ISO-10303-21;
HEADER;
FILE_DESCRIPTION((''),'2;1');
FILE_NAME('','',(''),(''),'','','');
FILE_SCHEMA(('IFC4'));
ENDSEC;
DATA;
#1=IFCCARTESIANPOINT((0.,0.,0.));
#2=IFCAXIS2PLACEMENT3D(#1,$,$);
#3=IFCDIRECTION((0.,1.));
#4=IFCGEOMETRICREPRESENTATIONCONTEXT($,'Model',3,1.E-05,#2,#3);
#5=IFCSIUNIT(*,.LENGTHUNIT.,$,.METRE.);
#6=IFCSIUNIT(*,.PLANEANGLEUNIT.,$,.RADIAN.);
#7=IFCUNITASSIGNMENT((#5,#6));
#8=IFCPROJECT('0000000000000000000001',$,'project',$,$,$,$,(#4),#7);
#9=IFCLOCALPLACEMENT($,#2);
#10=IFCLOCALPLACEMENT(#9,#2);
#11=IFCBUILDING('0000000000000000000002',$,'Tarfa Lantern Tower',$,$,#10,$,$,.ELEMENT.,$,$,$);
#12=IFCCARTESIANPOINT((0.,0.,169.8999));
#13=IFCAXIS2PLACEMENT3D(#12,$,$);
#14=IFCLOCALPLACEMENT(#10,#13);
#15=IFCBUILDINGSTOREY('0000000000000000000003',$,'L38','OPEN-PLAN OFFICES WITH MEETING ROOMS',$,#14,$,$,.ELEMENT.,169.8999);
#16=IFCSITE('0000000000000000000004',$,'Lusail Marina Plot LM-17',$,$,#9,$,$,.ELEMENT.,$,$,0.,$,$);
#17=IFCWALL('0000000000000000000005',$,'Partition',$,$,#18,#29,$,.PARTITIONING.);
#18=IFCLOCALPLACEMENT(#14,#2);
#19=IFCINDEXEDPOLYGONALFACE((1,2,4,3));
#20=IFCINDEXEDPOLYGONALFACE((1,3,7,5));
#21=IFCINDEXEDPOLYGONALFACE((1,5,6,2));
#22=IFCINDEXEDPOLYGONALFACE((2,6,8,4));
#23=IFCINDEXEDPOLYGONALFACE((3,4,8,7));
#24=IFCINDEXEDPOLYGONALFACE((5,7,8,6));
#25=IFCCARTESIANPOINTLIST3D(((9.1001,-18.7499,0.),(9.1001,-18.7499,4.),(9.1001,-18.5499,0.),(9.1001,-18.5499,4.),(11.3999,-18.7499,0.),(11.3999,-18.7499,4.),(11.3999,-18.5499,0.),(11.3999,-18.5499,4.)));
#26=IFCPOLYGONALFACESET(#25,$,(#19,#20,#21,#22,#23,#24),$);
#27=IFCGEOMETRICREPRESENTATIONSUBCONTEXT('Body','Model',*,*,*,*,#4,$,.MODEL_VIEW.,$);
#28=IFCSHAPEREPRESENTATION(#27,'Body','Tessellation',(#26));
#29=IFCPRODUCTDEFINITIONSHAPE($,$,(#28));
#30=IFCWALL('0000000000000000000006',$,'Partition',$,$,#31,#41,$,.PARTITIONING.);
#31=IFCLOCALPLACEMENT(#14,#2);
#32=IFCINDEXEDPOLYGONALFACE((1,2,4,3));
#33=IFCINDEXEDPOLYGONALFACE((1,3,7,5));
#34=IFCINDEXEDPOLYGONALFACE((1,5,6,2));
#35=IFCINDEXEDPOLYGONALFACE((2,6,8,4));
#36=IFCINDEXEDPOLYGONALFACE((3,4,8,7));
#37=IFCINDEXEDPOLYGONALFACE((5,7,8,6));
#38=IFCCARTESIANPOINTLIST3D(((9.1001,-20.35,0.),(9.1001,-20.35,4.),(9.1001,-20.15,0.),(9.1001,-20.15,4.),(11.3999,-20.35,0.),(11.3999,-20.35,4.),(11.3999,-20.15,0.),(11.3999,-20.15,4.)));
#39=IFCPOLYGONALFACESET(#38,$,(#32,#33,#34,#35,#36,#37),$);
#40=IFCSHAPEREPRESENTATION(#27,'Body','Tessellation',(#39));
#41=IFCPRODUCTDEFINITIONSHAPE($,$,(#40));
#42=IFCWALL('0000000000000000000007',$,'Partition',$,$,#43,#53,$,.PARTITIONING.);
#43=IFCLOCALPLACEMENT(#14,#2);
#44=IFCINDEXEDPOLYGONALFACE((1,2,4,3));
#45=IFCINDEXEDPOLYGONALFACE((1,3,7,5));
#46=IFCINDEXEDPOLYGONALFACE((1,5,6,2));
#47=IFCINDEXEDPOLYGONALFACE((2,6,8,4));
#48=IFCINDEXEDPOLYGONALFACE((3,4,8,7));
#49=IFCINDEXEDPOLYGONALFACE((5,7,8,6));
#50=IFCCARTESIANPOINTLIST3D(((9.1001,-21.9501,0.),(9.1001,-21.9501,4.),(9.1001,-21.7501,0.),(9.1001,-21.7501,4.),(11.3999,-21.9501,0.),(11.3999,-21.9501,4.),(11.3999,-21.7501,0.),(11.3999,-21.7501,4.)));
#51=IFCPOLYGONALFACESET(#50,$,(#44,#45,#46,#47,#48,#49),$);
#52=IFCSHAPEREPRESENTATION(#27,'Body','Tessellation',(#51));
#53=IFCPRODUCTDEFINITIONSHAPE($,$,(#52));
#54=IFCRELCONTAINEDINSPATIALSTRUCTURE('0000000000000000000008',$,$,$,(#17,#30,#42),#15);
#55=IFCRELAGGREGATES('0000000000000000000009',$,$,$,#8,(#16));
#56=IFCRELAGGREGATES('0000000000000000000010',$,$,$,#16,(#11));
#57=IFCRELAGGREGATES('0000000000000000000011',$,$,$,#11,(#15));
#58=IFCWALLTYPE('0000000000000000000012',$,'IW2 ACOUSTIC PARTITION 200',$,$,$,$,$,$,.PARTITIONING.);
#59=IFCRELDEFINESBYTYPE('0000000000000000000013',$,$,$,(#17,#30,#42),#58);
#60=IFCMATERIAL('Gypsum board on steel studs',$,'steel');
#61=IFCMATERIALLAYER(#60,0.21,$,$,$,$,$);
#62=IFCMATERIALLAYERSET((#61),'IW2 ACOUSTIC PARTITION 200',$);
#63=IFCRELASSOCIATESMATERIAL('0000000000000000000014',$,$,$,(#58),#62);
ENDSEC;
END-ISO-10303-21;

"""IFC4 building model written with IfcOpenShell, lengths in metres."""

from ifc_helpers import new_model, si_unit, direction, frame, frame_2d, origin, place, context, subcontext, project, spatial, rectangle, extrude, material, layer, layer_set, type_object, element, save


model = new_model("IFC4")

# Units and contexts
model_context = context("Model", 3, precision=1e-05, world=origin(), true_north=direction((0.0, 1.0)))
body_context = subcontext(model_context, "Body", "Model", "MODEL_VIEW")
ifc_project = project(units=[si_unit("LENGTHUNIT", "METRE"), si_unit("PLANEANGLEUNIT", "RADIAN")], contexts=[model_context])

# Site, building, storey
site_placement = place(None, origin())
site = spatial("IfcSite", under=ifc_project, at=site_placement, Name="Lusail Marina Plot LM-17", CompositionType="ELEMENT", RefElevation=0.0)
building_placement = place(site_placement, origin())
building = spatial("IfcBuilding", under=site, at=building_placement, Name="Tarfa Lantern Tower", CompositionType="ELEMENT")
storey_placement = place(building_placement, frame((0.0, 0.0, 169.8999)))
storey = spatial("IfcBuildingStorey", under=building, at=storey_placement, Name="L38", Description="OPEN-PLAN OFFICES WITH MEETING ROOMS", CompositionType="ELEMENT", Elevation=169.8999)

# Walls
ifc_material_1 = material(Name="Gypsum board on steel studs", Category="steel")
ifc_layer_1 = layer(ifc_material_1, 0.21)
ifc_layer_set_1 = layer_set([ifc_layer_1], Name="IW2 ACOUSTIC PARTITION 200")
wall_type_1 = type_object("IfcWallType", Name="IW2 ACOUSTIC PARTITION 200", PredefinedType="PARTITIONING", material=ifc_layer_set_1)
for number, where, z_axis, x_axis, name in (
    (1, (9.1001, -18.6499, 0.0), (0.0, 0.0, 1.0), (1.0, 0.0, 0.0), "Partition"),
    (2, (9.1001, -20.25, 0.0), (0.0, 0.0, 1.0), (1.0, 0.0, 0.0), "Partition"),
    (3, (9.1001, -21.8501, 0.0), (0.0, 0.0, 1.0), (1.0, 0.0, 0.0), "Partition"),
):
    element("IfcWall", number, at=place(storey_placement, frame(where, z_axis=z_axis, x_axis=x_axis)), inside=storey, type_object=wall_type_1, Name=name, PredefinedType="PARTITIONING", context=body_context, shape_type="SweptSolid", body=[
        extrude(rectangle(XDim=2.2998, YDim=0.2, at=frame_2d((1.1499, 0.0))), origin(), (0.0, 0.0, 1.0), 4.0),
    ])

save(model, "model.ifc")
